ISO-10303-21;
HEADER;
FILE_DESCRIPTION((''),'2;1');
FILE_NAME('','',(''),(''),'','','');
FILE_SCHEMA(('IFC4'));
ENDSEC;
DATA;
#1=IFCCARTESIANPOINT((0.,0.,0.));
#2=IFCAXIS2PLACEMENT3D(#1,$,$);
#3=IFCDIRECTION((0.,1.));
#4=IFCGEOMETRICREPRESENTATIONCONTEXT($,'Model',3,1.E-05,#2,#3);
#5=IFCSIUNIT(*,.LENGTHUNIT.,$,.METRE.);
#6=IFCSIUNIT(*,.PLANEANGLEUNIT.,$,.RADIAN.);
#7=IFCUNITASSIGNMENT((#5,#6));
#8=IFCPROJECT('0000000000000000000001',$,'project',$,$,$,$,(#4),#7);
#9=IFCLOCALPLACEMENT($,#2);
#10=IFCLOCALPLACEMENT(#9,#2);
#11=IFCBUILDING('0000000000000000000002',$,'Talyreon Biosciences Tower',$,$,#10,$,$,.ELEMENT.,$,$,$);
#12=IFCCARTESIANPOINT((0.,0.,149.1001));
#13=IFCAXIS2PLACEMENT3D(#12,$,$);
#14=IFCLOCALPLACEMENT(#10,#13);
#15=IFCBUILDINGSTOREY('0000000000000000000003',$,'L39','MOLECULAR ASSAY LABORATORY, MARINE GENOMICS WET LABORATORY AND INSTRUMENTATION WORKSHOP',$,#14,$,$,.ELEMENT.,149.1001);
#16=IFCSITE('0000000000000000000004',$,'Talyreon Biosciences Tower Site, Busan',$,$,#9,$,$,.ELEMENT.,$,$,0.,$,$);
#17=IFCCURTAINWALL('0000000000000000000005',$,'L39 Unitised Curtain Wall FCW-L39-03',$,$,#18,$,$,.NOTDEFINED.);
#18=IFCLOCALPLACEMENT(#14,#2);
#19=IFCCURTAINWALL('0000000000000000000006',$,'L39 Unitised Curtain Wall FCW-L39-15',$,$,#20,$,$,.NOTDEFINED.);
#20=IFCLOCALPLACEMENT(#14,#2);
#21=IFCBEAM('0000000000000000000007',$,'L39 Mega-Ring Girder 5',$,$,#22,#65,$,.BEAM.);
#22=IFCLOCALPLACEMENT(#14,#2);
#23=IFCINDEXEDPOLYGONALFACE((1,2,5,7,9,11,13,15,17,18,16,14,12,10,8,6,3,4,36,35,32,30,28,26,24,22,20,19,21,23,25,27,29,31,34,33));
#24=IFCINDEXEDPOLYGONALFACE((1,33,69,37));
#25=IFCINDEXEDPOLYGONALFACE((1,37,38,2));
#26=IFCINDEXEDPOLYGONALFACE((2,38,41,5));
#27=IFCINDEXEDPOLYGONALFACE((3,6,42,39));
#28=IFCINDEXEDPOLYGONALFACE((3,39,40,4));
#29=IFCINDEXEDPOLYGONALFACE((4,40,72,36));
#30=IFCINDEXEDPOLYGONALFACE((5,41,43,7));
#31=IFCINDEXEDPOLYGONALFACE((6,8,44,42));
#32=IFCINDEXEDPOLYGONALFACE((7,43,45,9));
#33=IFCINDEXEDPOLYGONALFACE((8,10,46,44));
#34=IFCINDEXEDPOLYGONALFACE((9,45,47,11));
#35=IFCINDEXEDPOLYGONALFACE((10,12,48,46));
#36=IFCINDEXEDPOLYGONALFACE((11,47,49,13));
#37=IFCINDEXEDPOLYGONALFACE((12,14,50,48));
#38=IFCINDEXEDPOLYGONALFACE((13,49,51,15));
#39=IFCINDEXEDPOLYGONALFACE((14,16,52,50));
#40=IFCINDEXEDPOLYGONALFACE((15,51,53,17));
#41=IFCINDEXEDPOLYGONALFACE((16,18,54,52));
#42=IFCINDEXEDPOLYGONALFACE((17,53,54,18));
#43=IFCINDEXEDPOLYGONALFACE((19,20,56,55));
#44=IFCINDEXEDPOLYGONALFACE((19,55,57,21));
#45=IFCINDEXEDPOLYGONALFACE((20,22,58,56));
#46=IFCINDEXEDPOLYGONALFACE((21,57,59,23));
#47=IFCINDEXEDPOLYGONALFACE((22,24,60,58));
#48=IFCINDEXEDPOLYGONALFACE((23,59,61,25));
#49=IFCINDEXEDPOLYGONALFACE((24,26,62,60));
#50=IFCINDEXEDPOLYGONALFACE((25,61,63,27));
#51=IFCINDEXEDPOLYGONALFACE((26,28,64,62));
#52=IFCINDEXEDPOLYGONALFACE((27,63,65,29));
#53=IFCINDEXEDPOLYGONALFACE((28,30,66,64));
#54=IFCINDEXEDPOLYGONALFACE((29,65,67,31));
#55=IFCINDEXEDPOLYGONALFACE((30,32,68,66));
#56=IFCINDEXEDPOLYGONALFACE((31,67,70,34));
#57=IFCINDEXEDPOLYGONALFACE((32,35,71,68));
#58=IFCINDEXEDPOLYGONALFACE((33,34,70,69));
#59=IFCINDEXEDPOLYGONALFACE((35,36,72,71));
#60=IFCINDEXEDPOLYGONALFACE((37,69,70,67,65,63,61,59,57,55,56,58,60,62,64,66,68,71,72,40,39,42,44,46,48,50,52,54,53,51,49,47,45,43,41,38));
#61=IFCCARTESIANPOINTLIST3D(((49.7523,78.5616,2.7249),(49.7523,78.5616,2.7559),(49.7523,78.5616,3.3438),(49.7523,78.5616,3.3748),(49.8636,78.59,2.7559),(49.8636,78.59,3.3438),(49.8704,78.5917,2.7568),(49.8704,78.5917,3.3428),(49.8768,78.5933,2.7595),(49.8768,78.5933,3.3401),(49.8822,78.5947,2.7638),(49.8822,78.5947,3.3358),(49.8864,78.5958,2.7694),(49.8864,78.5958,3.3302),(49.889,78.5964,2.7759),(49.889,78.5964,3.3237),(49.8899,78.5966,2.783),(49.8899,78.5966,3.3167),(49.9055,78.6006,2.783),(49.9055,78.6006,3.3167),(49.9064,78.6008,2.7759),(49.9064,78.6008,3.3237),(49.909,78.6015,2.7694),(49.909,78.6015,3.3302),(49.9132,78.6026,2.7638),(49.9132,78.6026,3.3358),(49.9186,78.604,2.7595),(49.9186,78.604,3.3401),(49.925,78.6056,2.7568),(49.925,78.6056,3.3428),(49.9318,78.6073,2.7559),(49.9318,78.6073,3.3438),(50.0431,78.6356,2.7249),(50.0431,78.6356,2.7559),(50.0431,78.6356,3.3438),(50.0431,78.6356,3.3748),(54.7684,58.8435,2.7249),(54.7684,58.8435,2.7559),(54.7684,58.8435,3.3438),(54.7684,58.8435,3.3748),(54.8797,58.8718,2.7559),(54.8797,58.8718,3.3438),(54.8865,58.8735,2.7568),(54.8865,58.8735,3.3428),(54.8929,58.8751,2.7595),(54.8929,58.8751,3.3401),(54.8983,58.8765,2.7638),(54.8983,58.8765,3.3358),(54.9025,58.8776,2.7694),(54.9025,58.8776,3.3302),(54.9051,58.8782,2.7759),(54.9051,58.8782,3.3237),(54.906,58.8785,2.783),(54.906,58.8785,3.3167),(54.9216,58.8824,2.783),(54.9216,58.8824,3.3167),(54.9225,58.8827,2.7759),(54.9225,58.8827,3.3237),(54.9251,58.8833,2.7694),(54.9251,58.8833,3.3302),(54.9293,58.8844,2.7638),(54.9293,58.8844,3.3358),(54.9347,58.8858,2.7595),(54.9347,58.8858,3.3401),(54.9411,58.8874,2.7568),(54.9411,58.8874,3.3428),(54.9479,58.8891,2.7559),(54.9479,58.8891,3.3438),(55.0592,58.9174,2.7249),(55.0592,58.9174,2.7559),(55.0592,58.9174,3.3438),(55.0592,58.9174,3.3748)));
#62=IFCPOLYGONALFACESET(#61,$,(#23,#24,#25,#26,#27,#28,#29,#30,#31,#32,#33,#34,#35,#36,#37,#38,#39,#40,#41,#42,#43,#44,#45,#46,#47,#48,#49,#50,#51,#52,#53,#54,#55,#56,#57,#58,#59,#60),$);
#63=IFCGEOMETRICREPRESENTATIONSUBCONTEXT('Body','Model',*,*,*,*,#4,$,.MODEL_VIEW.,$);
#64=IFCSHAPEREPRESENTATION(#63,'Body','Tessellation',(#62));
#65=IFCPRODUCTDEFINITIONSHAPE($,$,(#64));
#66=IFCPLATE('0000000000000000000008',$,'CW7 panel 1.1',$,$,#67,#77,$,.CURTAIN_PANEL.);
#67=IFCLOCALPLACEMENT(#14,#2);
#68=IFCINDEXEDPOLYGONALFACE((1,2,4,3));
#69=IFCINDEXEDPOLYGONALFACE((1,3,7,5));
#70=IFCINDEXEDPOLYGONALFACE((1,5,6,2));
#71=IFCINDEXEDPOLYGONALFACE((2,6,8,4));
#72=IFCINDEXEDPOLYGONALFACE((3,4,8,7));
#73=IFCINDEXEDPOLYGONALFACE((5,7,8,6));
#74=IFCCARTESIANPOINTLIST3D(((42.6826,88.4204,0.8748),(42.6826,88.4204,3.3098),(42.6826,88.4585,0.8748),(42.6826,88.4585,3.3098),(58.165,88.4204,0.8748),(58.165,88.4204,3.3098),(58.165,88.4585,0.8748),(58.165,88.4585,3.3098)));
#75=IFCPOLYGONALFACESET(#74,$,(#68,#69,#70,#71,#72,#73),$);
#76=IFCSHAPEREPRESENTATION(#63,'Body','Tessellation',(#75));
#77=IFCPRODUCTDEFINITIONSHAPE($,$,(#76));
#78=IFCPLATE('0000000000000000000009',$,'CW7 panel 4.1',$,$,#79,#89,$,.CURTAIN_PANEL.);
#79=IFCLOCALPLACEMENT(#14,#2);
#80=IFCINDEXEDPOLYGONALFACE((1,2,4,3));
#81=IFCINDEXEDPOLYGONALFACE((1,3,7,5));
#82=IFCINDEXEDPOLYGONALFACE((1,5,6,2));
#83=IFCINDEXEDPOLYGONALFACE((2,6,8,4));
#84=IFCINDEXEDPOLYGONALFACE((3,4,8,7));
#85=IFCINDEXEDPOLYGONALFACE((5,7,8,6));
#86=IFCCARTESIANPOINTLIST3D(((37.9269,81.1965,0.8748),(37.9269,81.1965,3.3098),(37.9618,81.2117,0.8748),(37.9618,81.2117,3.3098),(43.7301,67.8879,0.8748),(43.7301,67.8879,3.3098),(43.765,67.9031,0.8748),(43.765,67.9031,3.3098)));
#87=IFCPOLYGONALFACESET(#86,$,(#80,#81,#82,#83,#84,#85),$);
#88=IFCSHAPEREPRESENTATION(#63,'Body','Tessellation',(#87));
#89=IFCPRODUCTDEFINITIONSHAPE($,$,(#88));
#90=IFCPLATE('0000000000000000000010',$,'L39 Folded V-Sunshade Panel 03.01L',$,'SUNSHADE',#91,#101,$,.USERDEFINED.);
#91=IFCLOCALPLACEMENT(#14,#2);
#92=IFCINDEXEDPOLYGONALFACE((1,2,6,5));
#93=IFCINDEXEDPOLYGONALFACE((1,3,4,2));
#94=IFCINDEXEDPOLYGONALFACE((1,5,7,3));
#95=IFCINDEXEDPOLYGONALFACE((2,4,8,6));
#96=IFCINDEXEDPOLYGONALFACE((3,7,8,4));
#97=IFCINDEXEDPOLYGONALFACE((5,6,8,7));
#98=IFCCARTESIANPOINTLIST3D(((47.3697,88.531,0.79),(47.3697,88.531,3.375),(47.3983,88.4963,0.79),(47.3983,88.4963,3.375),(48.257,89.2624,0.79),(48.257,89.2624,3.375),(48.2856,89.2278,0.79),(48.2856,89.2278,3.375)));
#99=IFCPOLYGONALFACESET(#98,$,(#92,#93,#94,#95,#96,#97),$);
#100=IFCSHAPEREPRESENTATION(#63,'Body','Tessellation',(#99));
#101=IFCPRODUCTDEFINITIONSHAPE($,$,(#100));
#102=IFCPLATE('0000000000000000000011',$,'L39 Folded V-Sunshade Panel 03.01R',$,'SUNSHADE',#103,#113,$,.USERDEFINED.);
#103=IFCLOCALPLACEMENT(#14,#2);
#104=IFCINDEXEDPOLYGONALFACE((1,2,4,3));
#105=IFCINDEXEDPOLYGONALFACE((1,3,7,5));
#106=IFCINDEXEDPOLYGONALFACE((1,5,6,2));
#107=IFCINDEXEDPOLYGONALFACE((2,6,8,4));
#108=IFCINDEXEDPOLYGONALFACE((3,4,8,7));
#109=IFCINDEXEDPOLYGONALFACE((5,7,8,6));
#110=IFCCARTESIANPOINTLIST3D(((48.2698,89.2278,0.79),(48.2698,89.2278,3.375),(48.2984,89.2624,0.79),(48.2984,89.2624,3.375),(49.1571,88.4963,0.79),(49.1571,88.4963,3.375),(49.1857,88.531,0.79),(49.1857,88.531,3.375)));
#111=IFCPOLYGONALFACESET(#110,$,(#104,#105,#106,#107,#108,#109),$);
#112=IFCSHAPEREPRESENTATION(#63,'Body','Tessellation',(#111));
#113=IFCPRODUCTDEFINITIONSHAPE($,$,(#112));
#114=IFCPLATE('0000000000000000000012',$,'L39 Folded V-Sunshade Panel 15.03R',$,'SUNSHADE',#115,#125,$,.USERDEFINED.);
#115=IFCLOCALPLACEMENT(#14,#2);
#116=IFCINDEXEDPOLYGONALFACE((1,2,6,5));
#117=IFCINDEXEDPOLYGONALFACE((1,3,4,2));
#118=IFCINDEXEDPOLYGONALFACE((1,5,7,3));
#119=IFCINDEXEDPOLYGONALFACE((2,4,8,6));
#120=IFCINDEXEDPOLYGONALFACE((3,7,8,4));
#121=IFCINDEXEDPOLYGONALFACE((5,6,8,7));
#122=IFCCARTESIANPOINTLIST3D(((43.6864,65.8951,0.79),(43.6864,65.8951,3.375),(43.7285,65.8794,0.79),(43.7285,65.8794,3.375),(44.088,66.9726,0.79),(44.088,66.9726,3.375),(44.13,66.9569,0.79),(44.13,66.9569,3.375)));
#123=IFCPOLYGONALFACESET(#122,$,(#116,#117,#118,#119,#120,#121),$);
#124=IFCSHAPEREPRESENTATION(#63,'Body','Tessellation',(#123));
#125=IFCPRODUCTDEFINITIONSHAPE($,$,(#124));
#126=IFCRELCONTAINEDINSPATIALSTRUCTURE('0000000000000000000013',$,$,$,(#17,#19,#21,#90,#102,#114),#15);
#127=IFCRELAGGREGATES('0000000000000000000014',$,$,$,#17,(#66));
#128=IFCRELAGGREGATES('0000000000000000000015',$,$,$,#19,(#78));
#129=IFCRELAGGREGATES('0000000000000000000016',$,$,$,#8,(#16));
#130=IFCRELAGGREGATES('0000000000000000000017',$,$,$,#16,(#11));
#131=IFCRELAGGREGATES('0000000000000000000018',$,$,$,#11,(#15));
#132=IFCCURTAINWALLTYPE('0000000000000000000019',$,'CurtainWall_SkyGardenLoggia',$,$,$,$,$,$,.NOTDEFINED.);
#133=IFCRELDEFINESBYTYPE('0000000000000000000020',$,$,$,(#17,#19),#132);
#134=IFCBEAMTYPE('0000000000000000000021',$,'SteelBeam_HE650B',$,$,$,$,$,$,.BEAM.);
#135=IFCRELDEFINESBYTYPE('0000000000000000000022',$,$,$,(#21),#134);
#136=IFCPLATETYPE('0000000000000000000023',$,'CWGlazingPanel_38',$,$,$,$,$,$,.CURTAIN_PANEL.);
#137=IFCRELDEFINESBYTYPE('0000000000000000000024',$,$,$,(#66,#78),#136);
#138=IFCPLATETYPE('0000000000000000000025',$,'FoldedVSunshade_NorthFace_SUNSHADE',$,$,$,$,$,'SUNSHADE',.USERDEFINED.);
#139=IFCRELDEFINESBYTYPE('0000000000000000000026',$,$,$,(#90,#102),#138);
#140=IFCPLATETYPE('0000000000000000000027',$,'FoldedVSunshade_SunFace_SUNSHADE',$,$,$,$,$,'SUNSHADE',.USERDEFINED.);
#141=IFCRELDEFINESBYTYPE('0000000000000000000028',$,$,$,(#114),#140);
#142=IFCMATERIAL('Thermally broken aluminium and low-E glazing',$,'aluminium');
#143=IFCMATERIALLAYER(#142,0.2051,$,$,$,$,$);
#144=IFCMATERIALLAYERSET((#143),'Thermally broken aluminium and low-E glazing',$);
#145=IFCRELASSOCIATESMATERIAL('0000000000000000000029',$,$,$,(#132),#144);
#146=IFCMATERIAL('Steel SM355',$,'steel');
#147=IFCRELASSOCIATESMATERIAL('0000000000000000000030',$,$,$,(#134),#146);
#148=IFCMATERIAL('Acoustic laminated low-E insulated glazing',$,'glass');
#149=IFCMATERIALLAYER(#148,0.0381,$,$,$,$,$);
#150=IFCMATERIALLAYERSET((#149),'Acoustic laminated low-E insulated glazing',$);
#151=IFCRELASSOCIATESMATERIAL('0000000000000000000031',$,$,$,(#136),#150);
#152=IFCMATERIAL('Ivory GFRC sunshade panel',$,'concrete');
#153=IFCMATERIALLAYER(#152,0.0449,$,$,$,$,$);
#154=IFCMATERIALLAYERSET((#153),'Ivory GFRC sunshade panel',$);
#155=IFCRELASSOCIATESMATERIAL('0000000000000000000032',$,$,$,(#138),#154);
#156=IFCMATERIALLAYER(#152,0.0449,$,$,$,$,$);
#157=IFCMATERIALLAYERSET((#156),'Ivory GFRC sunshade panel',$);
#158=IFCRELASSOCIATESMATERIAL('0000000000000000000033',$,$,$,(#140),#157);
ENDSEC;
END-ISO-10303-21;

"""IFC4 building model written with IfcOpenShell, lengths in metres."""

from ifc_helpers import new_model, si_unit, direction, frame, origin, origin_2d, place, context, subcontext, project, spatial, rectangle, i_section, extrude, material, layer, layer_set, material_profile, profile_set, type_object, element, aggregate, save


model = new_model("IFC4")

# Units and contexts
model_context = context("Model", 3, precision=1e-05, world=origin(), true_north=direction((0.0, 1.0)))
body_context = subcontext(model_context, "Body", "Model", "MODEL_VIEW")
ifc_project = project(units=[si_unit("LENGTHUNIT", "METRE"), si_unit("PLANEANGLEUNIT", "RADIAN")], contexts=[model_context])

# Site, building, storey
site_placement = place(None, origin())
site = spatial("IfcSite", under=ifc_project, at=site_placement, Name="Talyreon Biosciences Tower Site, Busan", CompositionType="ELEMENT", RefElevation=0.0)
building_placement = place(site_placement, origin())
building = spatial("IfcBuilding", under=site, at=building_placement, Name="Talyreon Biosciences Tower", CompositionType="ELEMENT")
storey_placement = place(building_placement, frame((0.0, 0.0, 149.1001)))
storey = spatial("IfcBuildingStorey", under=building, at=storey_placement, Name="L39", Description="MOLECULAR ASSAY LABORATORY, MARINE GENOMICS WET LABORATORY AND INSTRUMENTATION WORKSHOP", CompositionType="ELEMENT", Elevation=149.1001)

# Curtain wall
ifc_material_1 = material(Name="Thermally broken aluminium and low-E glazing", Category="aluminium")
ifc_layer_1 = layer(ifc_material_1, 0.2051)
ifc_layer_set_1 = layer_set([ifc_layer_1], Name="Thermally broken aluminium and low-E glazing")
curtain_wall_type = type_object("IfcCurtainWallType", Name="CurtainWall_SkyGardenLoggia", PredefinedType="NOTDEFINED", material=ifc_layer_set_1)
curtain_wall_1_placement = place(storey_placement, origin())
curtain_wall_1 = element("IfcCurtainWall", 1, at=curtain_wall_1_placement, inside=storey, type_object=curtain_wall_type, Name="L39 Unitised Curtain Wall FCW-L39-03", PredefinedType="NOTDEFINED")

# Curtain wall
curtain_wall_2_placement = place(storey_placement, origin())
curtain_wall_2 = element("IfcCurtainWall", 2, at=curtain_wall_2_placement, inside=storey, type_object=curtain_wall_type, Name="L39 Unitised Curtain Wall FCW-L39-15", PredefinedType="NOTDEFINED")

# Beam
ifc_material_2 = material(Name="Steel SM355", Category="steel")
ifc_material_profile_1 = material_profile(ifc_material_2, i_section(OverallWidth=0.3, OverallDepth=0.6499, WebThickness=0.0161, FlangeThickness=0.031, FilletRadius=0.0271, at=origin_2d()), Name="HE650B")
ifc_profile_set_1 = profile_set([ifc_material_profile_1], Name="Steel SM355")
beam_type_1 = type_object("IfcBeamType", Name="SteelBeam_HE650B", PredefinedType="BEAM", material=ifc_profile_set_1)
beam_1_placement = place(storey_placement, frame((49.8977, 78.5986, 3.0498), z_axis=(0.246537, -0.969133, 0.0), x_axis=(0.969133, 0.246537, 0.0)))
element("IfcBeam", 3, at=beam_1_placement, inside=storey, type_object=beam_type_1, Name="L39 Mega-Ring Girder 5", PredefinedType="BEAM", context=body_context, shape_type="SweptSolid", body=[
    extrude(i_section(OverallWidth=0.3, OverallDepth=0.6499, WebThickness=0.0161, FlangeThickness=0.031, FilletRadius=0.0271, at=origin_2d()), origin(), (0.0, 0.0, 1.0), 20.3462),
])

# Plates
ifc_material_3 = material(Name="Acoustic laminated low-E insulated glazing", Category="glass")
ifc_layer_2 = layer(ifc_material_3, 0.0381)
ifc_layer_set_2 = layer_set([ifc_layer_2], Name="Acoustic laminated low-E insulated glazing")
plate_type_1 = type_object("IfcPlateType", Name="CWGlazingPanel_38", PredefinedType="CURTAIN_PANEL", material=ifc_layer_set_2)
plate_1_placement = place(storey_placement, frame((50.4238, 88.4395, 0.8748), z_axis=(0.0, 0.0, 1.0), x_axis=(1.0, 0.0, 0.0)))
plate_1 = element("IfcPlate", 4, at=plate_1_placement, type_object=plate_type_1, Name="CW7 panel 1.1", PredefinedType="CURTAIN_PANEL", context=body_context, shape_type="SweptSolid", body=[
    extrude(rectangle(XDim=15.4824, YDim=0.0381, at=origin_2d()), origin(), (0.0, 0.0, 1.0), 2.4351),
])
aggregate(curtain_wall_1, [plate_1])
plate_2_placement = place(storey_placement, frame((40.8459, 74.5498, 0.8748), z_axis=(0.0, 0.0, 1.0), x_axis=(-0.399698, 0.916647, 0.0)))
plate_2 = element("IfcPlate", 5, at=plate_2_placement, type_object=plate_type_1, Name="CW7 panel 4.1", PredefinedType="CURTAIN_PANEL", context=body_context, shape_type="SweptSolid", body=[
    extrude(rectangle(XDim=14.5188, YDim=0.0381, at=origin_2d()), origin(), (0.0, 0.0, 1.0), 2.4351),
])
aggregate(curtain_wall_2, [plate_2])

# Plates
ifc_material_4 = material(Name="Ivory GFRC sunshade panel", Category="concrete")
ifc_layer_3 = layer(ifc_material_4, 0.0449)
ifc_layer_set_3 = layer_set([ifc_layer_3], Name="Ivory GFRC sunshade panel")
plate_type_2 = type_object("IfcPlateType", Name="FoldedVSunshade_NorthFace_SUNSHADE", ElementType="SUNSHADE", PredefinedType="USERDEFINED", material=ifc_layer_set_3)
for number, where, z_axis, x_axis, name in (
    (6, (47.8276, 88.8794, 0.79), (0.0, 0.0, 1.0), (0.771625, 0.636078, 0.0), "L39 Folded V-Sunshade Panel 03.01L"),
    (7, (48.7278, 88.8794, 0.79), (0.0, 0.0, 1.0), (0.771625, -0.636078, 0.0), "L39 Folded V-Sunshade Panel 03.01R"),
):
    element("IfcPlate", number, at=place(storey_placement, frame(where, z_axis=z_axis, x_axis=x_axis)), inside=storey, type_object=plate_type_2, Name=name, ObjectType="SUNSHADE", PredefinedType="USERDEFINED", context=body_context, shape_type="SweptSolid", body=[
        extrude(rectangle(XDim=1.1499, YDim=0.0449, at=origin_2d()), origin(), (0.0, 0.0, 1.0), 2.585),
    ])
ifc_layer_4 = layer(ifc_material_4, 0.0449)
ifc_layer_set_4 = layer_set([ifc_layer_4], Name="Ivory GFRC sunshade panel")
plate_type_3 = type_object("IfcPlateType", Name="FoldedVSunshade_SunFace_SUNSHADE", ElementType="SUNSHADE", PredefinedType="USERDEFINED", material=ifc_layer_set_4)
plate_3_placement = place(storey_placement, frame((43.9082, 66.426, 0.79), z_axis=(0.0, 0.0, 1.0), x_axis=(0.349243, 0.937032, 0.0)))
element("IfcPlate", 8, at=plate_3_placement, inside=storey, type_object=plate_type_3, Name="L39 Folded V-Sunshade Panel 15.03R", ObjectType="SUNSHADE", PredefinedType="USERDEFINED", context=body_context, shape_type="SweptSolid", body=[
    extrude(rectangle(XDim=1.1499, YDim=0.0449, at=origin_2d()), origin(), (0.0, 0.0, 1.0), 2.585),
])

save(model, "model.ifc")
